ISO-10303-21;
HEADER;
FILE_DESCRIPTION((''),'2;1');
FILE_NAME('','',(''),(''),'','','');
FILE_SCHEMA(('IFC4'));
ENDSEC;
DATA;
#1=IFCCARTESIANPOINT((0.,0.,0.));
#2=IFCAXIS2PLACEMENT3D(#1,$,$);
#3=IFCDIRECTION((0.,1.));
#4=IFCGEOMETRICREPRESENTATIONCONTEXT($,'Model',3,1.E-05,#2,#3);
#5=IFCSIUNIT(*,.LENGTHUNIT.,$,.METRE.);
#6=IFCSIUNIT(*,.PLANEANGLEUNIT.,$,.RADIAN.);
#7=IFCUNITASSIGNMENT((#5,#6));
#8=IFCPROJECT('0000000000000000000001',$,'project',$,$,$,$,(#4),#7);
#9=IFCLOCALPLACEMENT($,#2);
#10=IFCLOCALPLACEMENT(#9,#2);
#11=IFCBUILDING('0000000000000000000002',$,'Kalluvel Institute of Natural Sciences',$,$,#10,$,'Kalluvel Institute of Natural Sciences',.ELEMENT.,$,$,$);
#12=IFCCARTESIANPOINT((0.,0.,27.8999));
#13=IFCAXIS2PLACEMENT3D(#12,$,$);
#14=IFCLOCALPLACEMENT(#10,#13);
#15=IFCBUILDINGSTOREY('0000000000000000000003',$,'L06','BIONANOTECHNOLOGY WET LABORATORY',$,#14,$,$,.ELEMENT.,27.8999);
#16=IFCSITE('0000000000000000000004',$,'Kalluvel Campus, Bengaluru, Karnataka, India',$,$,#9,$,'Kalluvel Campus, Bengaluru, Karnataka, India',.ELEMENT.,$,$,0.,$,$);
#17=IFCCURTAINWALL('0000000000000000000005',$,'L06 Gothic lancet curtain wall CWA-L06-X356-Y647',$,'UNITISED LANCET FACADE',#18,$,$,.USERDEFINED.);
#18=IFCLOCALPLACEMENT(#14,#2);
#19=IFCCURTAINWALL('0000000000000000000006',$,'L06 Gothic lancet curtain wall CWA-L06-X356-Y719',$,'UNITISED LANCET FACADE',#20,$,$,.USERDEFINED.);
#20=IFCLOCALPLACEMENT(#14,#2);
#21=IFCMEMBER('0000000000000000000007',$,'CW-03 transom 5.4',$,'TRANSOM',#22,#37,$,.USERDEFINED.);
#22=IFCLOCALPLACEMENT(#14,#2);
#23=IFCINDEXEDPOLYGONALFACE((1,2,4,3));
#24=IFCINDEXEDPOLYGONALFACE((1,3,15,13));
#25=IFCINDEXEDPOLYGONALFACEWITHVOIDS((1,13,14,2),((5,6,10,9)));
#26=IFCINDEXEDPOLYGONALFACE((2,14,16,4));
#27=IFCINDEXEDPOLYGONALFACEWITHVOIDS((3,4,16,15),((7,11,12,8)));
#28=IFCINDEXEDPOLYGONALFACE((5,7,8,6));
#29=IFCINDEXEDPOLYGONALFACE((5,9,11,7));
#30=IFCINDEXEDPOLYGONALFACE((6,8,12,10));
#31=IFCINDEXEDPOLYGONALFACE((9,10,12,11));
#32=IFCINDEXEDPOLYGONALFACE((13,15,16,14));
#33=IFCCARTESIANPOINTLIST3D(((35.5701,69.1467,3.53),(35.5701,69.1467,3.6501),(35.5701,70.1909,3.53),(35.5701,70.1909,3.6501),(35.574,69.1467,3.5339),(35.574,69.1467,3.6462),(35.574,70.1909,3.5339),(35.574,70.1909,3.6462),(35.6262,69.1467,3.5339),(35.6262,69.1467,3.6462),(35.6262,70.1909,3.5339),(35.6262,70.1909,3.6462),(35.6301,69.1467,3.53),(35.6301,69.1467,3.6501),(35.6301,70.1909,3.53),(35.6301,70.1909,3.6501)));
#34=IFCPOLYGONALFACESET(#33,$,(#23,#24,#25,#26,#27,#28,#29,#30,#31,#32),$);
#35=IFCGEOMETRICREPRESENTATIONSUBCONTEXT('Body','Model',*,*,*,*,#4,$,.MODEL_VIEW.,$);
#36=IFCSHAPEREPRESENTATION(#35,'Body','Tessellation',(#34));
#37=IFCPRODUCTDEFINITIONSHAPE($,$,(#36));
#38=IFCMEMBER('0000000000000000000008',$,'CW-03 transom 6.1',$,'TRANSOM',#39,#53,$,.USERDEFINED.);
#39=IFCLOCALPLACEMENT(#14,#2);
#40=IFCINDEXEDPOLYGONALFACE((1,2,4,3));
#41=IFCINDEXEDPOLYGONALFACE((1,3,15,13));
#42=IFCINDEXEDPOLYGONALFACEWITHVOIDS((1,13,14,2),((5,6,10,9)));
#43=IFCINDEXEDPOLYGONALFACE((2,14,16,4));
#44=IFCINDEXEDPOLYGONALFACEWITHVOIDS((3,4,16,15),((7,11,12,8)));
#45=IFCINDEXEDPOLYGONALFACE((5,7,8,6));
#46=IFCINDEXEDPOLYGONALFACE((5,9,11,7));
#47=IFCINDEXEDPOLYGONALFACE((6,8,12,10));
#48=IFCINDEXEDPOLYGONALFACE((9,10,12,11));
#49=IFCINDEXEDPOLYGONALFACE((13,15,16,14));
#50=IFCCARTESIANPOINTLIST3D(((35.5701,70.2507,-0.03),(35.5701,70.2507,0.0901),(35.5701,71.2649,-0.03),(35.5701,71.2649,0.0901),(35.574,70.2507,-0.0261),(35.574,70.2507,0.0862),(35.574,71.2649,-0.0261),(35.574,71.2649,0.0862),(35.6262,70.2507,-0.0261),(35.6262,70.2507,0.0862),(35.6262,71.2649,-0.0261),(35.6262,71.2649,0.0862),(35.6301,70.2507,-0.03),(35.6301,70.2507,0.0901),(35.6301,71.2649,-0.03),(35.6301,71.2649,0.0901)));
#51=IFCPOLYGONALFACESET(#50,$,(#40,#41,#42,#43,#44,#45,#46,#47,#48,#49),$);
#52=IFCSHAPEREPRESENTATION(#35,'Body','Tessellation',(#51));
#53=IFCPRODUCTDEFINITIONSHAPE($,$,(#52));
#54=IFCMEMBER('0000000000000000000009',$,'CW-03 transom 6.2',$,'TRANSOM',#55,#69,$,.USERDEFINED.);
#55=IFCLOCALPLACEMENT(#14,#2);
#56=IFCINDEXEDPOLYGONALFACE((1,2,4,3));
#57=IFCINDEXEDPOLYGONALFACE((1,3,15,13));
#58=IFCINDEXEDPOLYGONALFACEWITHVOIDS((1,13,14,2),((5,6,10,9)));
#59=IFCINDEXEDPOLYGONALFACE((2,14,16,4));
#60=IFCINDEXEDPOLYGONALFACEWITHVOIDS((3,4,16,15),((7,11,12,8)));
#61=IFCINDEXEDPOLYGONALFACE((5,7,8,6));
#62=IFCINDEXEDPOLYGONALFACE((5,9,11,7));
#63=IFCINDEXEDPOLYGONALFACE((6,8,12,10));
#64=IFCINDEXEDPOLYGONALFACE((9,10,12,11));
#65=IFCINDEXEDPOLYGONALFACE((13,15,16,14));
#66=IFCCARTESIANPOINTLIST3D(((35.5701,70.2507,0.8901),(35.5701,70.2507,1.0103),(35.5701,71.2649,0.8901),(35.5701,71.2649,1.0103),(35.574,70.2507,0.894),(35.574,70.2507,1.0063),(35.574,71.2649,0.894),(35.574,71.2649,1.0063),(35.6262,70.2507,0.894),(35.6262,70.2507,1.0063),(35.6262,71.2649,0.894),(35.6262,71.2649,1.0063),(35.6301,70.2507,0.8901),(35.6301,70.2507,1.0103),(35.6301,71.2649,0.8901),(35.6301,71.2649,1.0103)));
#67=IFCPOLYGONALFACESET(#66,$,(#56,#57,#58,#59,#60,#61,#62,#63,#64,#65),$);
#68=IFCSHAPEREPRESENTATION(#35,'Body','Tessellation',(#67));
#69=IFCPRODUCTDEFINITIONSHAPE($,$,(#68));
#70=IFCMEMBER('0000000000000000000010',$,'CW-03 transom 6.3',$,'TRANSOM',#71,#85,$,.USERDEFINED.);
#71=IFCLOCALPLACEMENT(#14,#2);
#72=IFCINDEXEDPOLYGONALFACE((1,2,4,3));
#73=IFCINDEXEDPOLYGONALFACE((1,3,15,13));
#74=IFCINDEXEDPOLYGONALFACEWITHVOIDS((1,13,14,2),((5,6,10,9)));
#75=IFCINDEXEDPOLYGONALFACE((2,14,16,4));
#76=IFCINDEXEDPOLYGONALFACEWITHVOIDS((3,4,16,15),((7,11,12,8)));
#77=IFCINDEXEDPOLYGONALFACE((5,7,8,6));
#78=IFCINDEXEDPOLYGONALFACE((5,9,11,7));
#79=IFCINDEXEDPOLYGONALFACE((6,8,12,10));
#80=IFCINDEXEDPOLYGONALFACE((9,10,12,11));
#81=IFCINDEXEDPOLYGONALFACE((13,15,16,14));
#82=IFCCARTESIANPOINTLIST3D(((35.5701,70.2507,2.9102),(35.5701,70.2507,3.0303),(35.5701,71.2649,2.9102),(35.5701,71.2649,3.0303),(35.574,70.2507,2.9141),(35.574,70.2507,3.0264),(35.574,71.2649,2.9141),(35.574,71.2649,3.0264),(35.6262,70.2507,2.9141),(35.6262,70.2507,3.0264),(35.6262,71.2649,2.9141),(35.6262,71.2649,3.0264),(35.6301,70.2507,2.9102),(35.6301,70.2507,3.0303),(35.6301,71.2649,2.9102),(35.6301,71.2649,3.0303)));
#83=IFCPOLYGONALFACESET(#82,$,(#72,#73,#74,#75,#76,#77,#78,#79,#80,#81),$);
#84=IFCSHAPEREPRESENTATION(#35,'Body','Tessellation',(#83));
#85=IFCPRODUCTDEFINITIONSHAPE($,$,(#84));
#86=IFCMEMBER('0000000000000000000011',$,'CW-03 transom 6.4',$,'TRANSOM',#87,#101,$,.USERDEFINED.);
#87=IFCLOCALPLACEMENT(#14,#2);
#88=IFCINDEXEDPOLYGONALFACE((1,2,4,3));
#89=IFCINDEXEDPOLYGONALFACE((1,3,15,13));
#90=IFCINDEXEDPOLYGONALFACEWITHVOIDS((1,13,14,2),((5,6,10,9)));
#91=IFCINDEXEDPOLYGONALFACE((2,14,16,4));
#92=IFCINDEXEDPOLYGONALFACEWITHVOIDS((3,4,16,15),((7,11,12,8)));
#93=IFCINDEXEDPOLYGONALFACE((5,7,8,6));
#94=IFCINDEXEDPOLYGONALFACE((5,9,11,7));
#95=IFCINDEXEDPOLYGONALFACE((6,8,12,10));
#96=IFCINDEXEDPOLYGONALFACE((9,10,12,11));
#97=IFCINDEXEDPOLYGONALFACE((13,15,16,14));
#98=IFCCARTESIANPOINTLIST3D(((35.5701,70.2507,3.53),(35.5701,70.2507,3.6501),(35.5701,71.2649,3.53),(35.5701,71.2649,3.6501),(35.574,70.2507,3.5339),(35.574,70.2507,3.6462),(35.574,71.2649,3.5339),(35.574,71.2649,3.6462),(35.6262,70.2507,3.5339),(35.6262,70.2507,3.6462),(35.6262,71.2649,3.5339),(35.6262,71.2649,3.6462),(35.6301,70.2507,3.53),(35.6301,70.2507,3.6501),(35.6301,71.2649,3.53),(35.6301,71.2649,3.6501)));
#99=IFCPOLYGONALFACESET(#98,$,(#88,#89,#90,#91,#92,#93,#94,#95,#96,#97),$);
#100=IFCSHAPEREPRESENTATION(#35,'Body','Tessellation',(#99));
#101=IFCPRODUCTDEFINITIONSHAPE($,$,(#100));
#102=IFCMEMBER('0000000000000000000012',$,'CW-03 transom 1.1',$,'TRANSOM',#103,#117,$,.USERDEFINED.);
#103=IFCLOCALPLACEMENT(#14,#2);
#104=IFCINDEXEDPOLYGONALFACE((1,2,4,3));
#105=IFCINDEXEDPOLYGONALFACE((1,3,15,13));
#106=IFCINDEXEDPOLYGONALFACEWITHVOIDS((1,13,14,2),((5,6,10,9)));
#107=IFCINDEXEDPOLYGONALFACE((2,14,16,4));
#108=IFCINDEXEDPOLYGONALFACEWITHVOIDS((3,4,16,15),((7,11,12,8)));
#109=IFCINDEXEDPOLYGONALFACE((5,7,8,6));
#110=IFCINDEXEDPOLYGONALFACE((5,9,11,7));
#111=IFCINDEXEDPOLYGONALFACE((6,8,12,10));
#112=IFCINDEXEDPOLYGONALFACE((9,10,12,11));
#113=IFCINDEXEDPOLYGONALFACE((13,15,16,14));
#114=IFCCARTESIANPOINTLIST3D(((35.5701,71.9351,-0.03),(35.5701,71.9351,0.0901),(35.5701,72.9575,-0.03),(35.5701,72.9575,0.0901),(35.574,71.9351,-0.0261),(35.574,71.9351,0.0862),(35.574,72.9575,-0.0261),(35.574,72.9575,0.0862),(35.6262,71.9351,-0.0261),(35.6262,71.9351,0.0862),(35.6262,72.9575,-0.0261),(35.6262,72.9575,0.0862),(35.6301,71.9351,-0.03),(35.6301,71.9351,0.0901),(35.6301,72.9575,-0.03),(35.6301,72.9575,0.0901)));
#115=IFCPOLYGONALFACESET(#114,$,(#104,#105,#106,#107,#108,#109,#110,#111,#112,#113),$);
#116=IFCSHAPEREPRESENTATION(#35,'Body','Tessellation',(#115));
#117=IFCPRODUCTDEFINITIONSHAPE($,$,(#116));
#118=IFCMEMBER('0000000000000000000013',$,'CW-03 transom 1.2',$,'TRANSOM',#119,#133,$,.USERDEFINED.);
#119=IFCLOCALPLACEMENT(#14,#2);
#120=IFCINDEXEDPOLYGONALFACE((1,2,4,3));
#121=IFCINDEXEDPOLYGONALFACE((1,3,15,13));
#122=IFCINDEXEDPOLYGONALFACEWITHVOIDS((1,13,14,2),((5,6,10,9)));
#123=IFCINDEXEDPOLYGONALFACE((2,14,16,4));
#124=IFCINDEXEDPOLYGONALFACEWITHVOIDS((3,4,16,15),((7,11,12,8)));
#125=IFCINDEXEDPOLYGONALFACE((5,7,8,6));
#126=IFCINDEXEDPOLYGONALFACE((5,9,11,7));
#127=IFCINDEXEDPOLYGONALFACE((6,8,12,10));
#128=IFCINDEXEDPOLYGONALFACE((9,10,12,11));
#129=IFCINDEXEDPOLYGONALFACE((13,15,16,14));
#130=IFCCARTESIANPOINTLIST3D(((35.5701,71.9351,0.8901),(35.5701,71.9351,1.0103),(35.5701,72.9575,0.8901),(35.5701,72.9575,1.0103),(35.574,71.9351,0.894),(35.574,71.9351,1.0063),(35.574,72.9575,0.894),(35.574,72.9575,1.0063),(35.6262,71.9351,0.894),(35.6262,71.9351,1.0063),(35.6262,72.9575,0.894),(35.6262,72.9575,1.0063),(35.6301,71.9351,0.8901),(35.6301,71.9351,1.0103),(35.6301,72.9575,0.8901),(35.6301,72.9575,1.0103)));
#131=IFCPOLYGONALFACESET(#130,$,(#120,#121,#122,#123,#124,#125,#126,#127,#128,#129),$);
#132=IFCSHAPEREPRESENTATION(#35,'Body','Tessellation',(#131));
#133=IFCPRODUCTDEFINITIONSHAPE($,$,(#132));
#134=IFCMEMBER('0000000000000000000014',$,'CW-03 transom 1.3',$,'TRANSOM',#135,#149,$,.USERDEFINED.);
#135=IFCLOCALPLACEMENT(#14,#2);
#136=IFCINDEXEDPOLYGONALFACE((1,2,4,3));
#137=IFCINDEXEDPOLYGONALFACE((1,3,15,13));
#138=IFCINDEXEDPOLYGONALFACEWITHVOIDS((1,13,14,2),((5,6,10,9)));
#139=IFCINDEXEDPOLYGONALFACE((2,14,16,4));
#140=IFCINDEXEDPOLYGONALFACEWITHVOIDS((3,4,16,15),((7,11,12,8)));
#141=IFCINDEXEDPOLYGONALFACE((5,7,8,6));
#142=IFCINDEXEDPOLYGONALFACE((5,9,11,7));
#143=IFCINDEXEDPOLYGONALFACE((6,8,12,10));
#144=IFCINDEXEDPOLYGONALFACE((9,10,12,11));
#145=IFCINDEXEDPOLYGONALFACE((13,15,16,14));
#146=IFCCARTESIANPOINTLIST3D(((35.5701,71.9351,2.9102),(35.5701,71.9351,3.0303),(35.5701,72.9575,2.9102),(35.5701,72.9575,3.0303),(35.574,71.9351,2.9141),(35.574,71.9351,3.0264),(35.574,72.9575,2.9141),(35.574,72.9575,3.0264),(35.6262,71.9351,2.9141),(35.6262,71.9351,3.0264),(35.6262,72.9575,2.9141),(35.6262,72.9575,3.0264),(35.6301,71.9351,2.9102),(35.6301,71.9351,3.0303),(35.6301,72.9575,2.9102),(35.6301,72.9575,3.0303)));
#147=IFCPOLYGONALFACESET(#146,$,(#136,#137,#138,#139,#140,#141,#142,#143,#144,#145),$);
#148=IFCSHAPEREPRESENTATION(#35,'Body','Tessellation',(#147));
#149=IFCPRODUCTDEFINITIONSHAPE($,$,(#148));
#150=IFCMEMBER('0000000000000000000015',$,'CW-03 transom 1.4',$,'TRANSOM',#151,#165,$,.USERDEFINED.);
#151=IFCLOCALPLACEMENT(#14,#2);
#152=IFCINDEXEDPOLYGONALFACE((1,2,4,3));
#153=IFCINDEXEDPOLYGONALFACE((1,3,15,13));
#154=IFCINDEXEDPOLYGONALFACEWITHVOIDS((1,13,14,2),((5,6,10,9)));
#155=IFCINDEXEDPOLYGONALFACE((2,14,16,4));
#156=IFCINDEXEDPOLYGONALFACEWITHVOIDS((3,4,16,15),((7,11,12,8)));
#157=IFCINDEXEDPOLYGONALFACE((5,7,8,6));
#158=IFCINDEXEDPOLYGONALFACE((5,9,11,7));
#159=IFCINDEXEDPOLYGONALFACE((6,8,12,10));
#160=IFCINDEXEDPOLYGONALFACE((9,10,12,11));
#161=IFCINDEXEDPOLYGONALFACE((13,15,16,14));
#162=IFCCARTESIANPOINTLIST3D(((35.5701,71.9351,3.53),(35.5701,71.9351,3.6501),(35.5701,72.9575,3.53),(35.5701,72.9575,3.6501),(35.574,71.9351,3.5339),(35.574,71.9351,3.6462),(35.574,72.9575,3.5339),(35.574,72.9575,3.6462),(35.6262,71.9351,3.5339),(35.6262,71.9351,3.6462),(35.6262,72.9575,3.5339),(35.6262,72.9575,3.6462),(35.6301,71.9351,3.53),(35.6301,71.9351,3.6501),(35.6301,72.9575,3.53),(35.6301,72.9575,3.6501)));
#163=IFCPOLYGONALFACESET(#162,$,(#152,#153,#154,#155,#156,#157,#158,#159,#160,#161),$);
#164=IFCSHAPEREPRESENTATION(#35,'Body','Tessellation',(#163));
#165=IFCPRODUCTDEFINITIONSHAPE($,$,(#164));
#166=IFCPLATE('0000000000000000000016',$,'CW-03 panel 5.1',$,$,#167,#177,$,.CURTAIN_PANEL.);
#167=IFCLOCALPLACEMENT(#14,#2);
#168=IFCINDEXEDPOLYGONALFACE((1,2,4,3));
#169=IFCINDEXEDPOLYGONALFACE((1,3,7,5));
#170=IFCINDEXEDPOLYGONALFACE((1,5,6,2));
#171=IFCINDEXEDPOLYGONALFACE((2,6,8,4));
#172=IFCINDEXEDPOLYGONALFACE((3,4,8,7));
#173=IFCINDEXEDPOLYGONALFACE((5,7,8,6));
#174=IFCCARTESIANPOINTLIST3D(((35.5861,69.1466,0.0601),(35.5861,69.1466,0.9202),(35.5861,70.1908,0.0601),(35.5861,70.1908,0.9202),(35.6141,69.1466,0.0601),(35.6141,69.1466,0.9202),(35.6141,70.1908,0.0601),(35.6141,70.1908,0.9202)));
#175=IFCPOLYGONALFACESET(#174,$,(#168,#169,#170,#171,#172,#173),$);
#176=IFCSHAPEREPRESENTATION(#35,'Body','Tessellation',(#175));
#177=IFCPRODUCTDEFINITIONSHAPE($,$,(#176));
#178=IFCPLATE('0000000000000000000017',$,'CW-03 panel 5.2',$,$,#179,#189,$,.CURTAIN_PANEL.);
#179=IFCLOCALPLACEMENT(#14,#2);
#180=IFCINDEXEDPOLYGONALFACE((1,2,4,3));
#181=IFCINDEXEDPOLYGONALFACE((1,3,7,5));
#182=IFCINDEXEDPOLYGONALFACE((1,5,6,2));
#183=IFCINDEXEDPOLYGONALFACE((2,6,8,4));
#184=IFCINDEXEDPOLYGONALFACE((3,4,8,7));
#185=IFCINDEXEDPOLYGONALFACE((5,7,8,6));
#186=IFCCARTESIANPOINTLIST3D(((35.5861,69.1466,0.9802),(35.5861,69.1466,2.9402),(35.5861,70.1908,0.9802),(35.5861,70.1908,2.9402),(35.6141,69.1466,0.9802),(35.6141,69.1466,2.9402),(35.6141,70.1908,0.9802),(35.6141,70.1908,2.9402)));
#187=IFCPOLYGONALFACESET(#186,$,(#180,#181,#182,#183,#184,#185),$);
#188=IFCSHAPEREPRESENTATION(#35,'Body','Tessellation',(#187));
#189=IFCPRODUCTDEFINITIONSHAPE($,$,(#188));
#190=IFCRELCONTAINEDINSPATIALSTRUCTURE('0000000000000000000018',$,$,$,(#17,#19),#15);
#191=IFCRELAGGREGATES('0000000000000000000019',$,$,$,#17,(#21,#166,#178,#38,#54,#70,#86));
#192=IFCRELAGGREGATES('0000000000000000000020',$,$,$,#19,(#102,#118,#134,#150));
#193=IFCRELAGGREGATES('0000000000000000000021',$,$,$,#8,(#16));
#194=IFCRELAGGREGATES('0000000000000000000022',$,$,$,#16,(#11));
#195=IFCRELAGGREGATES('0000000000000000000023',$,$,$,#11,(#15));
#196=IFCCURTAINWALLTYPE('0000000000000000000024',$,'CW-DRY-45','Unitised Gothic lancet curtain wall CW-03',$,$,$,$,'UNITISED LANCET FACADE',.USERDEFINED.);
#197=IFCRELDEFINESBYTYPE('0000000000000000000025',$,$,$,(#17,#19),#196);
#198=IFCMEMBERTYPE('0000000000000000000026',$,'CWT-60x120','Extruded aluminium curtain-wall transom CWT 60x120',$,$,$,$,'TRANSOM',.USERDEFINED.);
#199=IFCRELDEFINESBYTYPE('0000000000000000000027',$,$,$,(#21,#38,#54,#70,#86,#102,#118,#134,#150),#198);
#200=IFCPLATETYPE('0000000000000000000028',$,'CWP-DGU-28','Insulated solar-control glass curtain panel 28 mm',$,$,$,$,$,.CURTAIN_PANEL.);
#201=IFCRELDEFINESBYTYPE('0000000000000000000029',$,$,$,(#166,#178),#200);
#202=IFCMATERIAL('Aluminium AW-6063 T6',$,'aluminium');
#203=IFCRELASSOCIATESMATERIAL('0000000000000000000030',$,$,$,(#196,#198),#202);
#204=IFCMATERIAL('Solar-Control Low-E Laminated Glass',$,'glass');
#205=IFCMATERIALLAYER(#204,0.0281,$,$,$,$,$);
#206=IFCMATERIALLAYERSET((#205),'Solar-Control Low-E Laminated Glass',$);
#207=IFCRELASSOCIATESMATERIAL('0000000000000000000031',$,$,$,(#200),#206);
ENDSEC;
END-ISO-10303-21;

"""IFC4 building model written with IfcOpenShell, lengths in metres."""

from ifc_helpers import new_model, si_unit, direction, frame, origin, origin_2d, place, context, subcontext, project, spatial, rectangle, hollow_rectangle, extrude, material, layer, layer_set, material_profile, profile_set, type_object, element, aggregate, save


model = new_model("IFC4")

# Units and contexts
model_context = context("Model", 3, precision=1e-05, world=origin(), true_north=direction((0.0, 1.0)))
body_context = subcontext(model_context, "Body", "Model", "MODEL_VIEW")
ifc_project = project(units=[si_unit("LENGTHUNIT", "METRE"), si_unit("PLANEANGLEUNIT", "RADIAN")], contexts=[model_context])

# Site, building, storey
site_placement = place(None, origin())
site = spatial("IfcSite", under=ifc_project, at=site_placement, Name="Kalluvel Campus, Bengaluru, Karnataka, India", LongName="Kalluvel Campus, Bengaluru, Karnataka, India", CompositionType="ELEMENT", RefElevation=0.0)
building_placement = place(site_placement, origin())
building = spatial("IfcBuilding", under=site, at=building_placement, Name="Kalluvel Institute of Natural Sciences", LongName="Kalluvel Institute of Natural Sciences", CompositionType="ELEMENT")
storey_placement = place(building_placement, frame((0.0, 0.0, 27.8999)))
storey = spatial("IfcBuildingStorey", under=building, at=storey_placement, Name="L06", Description="BIONANOTECHNOLOGY WET LABORATORY", CompositionType="ELEMENT", Elevation=27.8999)

# Curtain walls
ifc_material_1 = material(Name="Aluminium AW-6063 T6", Category="aluminium")
curtain_wall_type = type_object("IfcCurtainWallType", Name="CW-DRY-45", Description="Unitised Gothic lancet curtain wall CW-03", ElementType="UNITISED LANCET FACADE", PredefinedType="USERDEFINED", material=ifc_material_1)
curtain_wall_1_placement = place(storey_placement, origin())
curtain_wall_1 = element("IfcCurtainWall", 1, at=curtain_wall_1_placement, inside=storey, type_object=curtain_wall_type, Name="L06 Gothic lancet curtain wall CWA-L06-X356-Y647", ObjectType="UNITISED LANCET FACADE", PredefinedType="USERDEFINED")
curtain_wall_2_placement = place(storey_placement, origin())
curtain_wall_2 = element("IfcCurtainWall", 2, at=curtain_wall_2_placement, inside=storey, type_object=curtain_wall_type, Name="L06 Gothic lancet curtain wall CWA-L06-X356-Y719", ObjectType="UNITISED LANCET FACADE", PredefinedType="USERDEFINED")

# Members
ifc_material_profile_1 = material_profile(ifc_material_1, hollow_rectangle(XDim=0.0601, YDim=0.1201, WallThickness=0.0039, at=origin_2d()), Name="CWT 60x120")
ifc_profile_set_1 = profile_set([ifc_material_profile_1], Name="Aluminium AW-6063 T6")
member_type_1 = type_object("IfcMemberType", Name="CWT-60x120", Description="Extruded aluminium curtain-wall transom CWT 60x120", ElementType="TRANSOM", PredefinedType="USERDEFINED", material=ifc_profile_set_1)
member_1_placement = place(storey_placement, frame((35.6001, 69.1467, 3.5901), z_axis=(0.0, 1.0, 0.0), x_axis=(-1.0, 0.0, 0.0)))
member_1 = element("IfcMember", 3, at=member_1_placement, type_object=member_type_1, Name="CW-03 transom 5.4", ObjectType="TRANSOM", PredefinedType="USERDEFINED", context=body_context, shape_type="SweptSolid", body=[
    extrude(hollow_rectangle(XDim=0.0601, YDim=0.1201, WallThickness=0.0039, at=origin_2d()), origin(), (0.0, 0.0, 1.0), 1.0442),
])
member_2_placement = place(storey_placement, frame((35.6001, 70.2507, 0.03), z_axis=(0.0, 1.0, 0.0), x_axis=(-1.0, 0.0, 0.0)))
member_2 = element("IfcMember", 4, at=member_2_placement, type_object=member_type_1, Name="CW-03 transom 6.1", ObjectType="TRANSOM", PredefinedType="USERDEFINED", context=body_context, shape_type="SweptSolid", body=[
    extrude(hollow_rectangle(XDim=0.0601, YDim=0.1201, WallThickness=0.0039, at=origin_2d()), origin(), (0.0, 0.0, 1.0), 1.0142),
])
member_3_placement = place(storey_placement, frame((35.6001, 70.2507, 0.9502), z_axis=(0.0, 1.0, 0.0), x_axis=(-1.0, 0.0, 0.0)))
member_3 = element("IfcMember", 5, at=member_3_placement, type_object=member_type_1, Name="CW-03 transom 6.2", ObjectType="TRANSOM", PredefinedType="USERDEFINED", context=body_context, shape_type="SweptSolid", body=[
    extrude(hollow_rectangle(XDim=0.0601, YDim=0.1201, WallThickness=0.0039, at=origin_2d()), origin(), (0.0, 0.0, 1.0), 1.0142),
])
member_4_placement = place(storey_placement, frame((35.6001, 70.2507, 2.9702), z_axis=(0.0, 1.0, 0.0), x_axis=(-1.0, 0.0, 0.0)))
member_4 = element("IfcMember", 6, at=member_4_placement, type_object=member_type_1, Name="CW-03 transom 6.3", ObjectType="TRANSOM", PredefinedType="USERDEFINED", context=body_context, shape_type="SweptSolid", body=[
    extrude(hollow_rectangle(XDim=0.0601, YDim=0.1201, WallThickness=0.0039, at=origin_2d()), origin(), (0.0, 0.0, 1.0), 1.0142),
])
member_5_placement = place(storey_placement, frame((35.6001, 70.2507, 3.5901), z_axis=(0.0, 1.0, 0.0), x_axis=(-1.0, 0.0, 0.0)))
member_5 = element("IfcMember", 7, at=member_5_placement, type_object=member_type_1, Name="CW-03 transom 6.4", ObjectType="TRANSOM", PredefinedType="USERDEFINED", context=body_context, shape_type="SweptSolid", body=[
    extrude(hollow_rectangle(XDim=0.0601, YDim=0.1201, WallThickness=0.0039, at=origin_2d()), origin(), (0.0, 0.0, 1.0), 1.0142),
])
member_6_placement = place(storey_placement, frame((35.6001, 71.9351, 0.03), z_axis=(0.0, 1.0, 0.0), x_axis=(-1.0, 0.0, 0.0)))
member_6 = element("IfcMember", 8, at=member_6_placement, type_object=member_type_1, Name="CW-03 transom 1.1", ObjectType="TRANSOM", PredefinedType="USERDEFINED", context=body_context, shape_type="SweptSolid", body=[
    extrude(hollow_rectangle(XDim=0.0601, YDim=0.1201, WallThickness=0.0039, at=origin_2d()), origin(), (0.0, 0.0, 1.0), 1.0225),
])
member_7_placement = place(storey_placement, frame((35.6001, 71.9351, 0.9502), z_axis=(0.0, 1.0, 0.0), x_axis=(-1.0, 0.0, 0.0)))
member_7 = element("IfcMember", 9, at=member_7_placement, type_object=member_type_1, Name="CW-03 transom 1.2", ObjectType="TRANSOM", PredefinedType="USERDEFINED", context=body_context, shape_type="SweptSolid", body=[
    extrude(hollow_rectangle(XDim=0.0601, YDim=0.1201, WallThickness=0.0039, at=origin_2d()), origin(), (0.0, 0.0, 1.0), 1.0225),
])
member_8_placement = place(storey_placement, frame((35.6001, 71.9351, 2.9702), z_axis=(0.0, 1.0, 0.0), x_axis=(-1.0, 0.0, 0.0)))
member_8 = element("IfcMember", 10, at=member_8_placement, type_object=member_type_1, Name="CW-03 transom 1.3", ObjectType="TRANSOM", PredefinedType="USERDEFINED", context=body_context, shape_type="SweptSolid", body=[
    extrude(hollow_rectangle(XDim=0.0601, YDim=0.1201, WallThickness=0.0039, at=origin_2d()), origin(), (0.0, 0.0, 1.0), 1.0225),
])
member_9_placement = place(storey_placement, frame((35.6001, 71.9351, 3.5901), z_axis=(0.0, 1.0, 0.0), x_axis=(-1.0, 0.0, 0.0)))
member_9 = element("IfcMember", 11, at=member_9_placement, type_object=member_type_1, Name="CW-03 transom 1.4", ObjectType="TRANSOM", PredefinedType="USERDEFINED", context=body_context, shape_type="SweptSolid", body=[
    extrude(hollow_rectangle(XDim=0.0601, YDim=0.1201, WallThickness=0.0039, at=origin_2d()), origin(), (0.0, 0.0, 1.0), 1.0225),
])

# Plates
ifc_material_2 = material(Name="Solar-Control Low-E Laminated Glass", Category="glass")
ifc_layer = layer(ifc_material_2, 0.0281)
ifc_layer_set = layer_set([ifc_layer], Name="Solar-Control Low-E Laminated Glass")
plate_type = type_object("IfcPlateType", Name="CWP-DGU-28", Description="Insulated solar-control glass curtain panel 28 mm", PredefinedType="CURTAIN_PANEL", material=ifc_layer_set)
plate_1_placement = place(storey_placement, frame((35.6001, 69.6687, 0.0601), z_axis=(0.0, 0.0, 1.0), x_axis=(0.0, 1.0, 0.0)))
plate_1 = element("IfcPlate", 12, at=plate_1_placement, type_object=plate_type, Name="CW-03 panel 5.1", PredefinedType="CURTAIN_PANEL", context=body_context, shape_type="SweptSolid", body=[
    extrude(rectangle(XDim=1.0442, YDim=0.0281, at=origin_2d()), origin(), (0.0, 0.0, 1.0), 0.8601),
])
plate_2_placement = place(storey_placement, frame((35.6001, 69.6687, 0.9802), z_axis=(0.0, 0.0, 1.0), x_axis=(0.0, 1.0, 0.0)))
plate_2 = element("IfcPlate", 13, at=plate_2_placement, type_object=plate_type, Name="CW-03 panel 5.2", PredefinedType="CURTAIN_PANEL", context=body_context, shape_type="SweptSolid", body=[
    extrude(rectangle(XDim=1.0442, YDim=0.0281, at=origin_2d()), origin(), (0.0, 0.0, 1.0), 1.96),
])
aggregate(curtain_wall_1, [member_1, plate_1, plate_2, member_2, member_3, member_4, member_5])
aggregate(curtain_wall_2, [member_6, member_7, member_8, member_9])

save(model, "model.ifc")
